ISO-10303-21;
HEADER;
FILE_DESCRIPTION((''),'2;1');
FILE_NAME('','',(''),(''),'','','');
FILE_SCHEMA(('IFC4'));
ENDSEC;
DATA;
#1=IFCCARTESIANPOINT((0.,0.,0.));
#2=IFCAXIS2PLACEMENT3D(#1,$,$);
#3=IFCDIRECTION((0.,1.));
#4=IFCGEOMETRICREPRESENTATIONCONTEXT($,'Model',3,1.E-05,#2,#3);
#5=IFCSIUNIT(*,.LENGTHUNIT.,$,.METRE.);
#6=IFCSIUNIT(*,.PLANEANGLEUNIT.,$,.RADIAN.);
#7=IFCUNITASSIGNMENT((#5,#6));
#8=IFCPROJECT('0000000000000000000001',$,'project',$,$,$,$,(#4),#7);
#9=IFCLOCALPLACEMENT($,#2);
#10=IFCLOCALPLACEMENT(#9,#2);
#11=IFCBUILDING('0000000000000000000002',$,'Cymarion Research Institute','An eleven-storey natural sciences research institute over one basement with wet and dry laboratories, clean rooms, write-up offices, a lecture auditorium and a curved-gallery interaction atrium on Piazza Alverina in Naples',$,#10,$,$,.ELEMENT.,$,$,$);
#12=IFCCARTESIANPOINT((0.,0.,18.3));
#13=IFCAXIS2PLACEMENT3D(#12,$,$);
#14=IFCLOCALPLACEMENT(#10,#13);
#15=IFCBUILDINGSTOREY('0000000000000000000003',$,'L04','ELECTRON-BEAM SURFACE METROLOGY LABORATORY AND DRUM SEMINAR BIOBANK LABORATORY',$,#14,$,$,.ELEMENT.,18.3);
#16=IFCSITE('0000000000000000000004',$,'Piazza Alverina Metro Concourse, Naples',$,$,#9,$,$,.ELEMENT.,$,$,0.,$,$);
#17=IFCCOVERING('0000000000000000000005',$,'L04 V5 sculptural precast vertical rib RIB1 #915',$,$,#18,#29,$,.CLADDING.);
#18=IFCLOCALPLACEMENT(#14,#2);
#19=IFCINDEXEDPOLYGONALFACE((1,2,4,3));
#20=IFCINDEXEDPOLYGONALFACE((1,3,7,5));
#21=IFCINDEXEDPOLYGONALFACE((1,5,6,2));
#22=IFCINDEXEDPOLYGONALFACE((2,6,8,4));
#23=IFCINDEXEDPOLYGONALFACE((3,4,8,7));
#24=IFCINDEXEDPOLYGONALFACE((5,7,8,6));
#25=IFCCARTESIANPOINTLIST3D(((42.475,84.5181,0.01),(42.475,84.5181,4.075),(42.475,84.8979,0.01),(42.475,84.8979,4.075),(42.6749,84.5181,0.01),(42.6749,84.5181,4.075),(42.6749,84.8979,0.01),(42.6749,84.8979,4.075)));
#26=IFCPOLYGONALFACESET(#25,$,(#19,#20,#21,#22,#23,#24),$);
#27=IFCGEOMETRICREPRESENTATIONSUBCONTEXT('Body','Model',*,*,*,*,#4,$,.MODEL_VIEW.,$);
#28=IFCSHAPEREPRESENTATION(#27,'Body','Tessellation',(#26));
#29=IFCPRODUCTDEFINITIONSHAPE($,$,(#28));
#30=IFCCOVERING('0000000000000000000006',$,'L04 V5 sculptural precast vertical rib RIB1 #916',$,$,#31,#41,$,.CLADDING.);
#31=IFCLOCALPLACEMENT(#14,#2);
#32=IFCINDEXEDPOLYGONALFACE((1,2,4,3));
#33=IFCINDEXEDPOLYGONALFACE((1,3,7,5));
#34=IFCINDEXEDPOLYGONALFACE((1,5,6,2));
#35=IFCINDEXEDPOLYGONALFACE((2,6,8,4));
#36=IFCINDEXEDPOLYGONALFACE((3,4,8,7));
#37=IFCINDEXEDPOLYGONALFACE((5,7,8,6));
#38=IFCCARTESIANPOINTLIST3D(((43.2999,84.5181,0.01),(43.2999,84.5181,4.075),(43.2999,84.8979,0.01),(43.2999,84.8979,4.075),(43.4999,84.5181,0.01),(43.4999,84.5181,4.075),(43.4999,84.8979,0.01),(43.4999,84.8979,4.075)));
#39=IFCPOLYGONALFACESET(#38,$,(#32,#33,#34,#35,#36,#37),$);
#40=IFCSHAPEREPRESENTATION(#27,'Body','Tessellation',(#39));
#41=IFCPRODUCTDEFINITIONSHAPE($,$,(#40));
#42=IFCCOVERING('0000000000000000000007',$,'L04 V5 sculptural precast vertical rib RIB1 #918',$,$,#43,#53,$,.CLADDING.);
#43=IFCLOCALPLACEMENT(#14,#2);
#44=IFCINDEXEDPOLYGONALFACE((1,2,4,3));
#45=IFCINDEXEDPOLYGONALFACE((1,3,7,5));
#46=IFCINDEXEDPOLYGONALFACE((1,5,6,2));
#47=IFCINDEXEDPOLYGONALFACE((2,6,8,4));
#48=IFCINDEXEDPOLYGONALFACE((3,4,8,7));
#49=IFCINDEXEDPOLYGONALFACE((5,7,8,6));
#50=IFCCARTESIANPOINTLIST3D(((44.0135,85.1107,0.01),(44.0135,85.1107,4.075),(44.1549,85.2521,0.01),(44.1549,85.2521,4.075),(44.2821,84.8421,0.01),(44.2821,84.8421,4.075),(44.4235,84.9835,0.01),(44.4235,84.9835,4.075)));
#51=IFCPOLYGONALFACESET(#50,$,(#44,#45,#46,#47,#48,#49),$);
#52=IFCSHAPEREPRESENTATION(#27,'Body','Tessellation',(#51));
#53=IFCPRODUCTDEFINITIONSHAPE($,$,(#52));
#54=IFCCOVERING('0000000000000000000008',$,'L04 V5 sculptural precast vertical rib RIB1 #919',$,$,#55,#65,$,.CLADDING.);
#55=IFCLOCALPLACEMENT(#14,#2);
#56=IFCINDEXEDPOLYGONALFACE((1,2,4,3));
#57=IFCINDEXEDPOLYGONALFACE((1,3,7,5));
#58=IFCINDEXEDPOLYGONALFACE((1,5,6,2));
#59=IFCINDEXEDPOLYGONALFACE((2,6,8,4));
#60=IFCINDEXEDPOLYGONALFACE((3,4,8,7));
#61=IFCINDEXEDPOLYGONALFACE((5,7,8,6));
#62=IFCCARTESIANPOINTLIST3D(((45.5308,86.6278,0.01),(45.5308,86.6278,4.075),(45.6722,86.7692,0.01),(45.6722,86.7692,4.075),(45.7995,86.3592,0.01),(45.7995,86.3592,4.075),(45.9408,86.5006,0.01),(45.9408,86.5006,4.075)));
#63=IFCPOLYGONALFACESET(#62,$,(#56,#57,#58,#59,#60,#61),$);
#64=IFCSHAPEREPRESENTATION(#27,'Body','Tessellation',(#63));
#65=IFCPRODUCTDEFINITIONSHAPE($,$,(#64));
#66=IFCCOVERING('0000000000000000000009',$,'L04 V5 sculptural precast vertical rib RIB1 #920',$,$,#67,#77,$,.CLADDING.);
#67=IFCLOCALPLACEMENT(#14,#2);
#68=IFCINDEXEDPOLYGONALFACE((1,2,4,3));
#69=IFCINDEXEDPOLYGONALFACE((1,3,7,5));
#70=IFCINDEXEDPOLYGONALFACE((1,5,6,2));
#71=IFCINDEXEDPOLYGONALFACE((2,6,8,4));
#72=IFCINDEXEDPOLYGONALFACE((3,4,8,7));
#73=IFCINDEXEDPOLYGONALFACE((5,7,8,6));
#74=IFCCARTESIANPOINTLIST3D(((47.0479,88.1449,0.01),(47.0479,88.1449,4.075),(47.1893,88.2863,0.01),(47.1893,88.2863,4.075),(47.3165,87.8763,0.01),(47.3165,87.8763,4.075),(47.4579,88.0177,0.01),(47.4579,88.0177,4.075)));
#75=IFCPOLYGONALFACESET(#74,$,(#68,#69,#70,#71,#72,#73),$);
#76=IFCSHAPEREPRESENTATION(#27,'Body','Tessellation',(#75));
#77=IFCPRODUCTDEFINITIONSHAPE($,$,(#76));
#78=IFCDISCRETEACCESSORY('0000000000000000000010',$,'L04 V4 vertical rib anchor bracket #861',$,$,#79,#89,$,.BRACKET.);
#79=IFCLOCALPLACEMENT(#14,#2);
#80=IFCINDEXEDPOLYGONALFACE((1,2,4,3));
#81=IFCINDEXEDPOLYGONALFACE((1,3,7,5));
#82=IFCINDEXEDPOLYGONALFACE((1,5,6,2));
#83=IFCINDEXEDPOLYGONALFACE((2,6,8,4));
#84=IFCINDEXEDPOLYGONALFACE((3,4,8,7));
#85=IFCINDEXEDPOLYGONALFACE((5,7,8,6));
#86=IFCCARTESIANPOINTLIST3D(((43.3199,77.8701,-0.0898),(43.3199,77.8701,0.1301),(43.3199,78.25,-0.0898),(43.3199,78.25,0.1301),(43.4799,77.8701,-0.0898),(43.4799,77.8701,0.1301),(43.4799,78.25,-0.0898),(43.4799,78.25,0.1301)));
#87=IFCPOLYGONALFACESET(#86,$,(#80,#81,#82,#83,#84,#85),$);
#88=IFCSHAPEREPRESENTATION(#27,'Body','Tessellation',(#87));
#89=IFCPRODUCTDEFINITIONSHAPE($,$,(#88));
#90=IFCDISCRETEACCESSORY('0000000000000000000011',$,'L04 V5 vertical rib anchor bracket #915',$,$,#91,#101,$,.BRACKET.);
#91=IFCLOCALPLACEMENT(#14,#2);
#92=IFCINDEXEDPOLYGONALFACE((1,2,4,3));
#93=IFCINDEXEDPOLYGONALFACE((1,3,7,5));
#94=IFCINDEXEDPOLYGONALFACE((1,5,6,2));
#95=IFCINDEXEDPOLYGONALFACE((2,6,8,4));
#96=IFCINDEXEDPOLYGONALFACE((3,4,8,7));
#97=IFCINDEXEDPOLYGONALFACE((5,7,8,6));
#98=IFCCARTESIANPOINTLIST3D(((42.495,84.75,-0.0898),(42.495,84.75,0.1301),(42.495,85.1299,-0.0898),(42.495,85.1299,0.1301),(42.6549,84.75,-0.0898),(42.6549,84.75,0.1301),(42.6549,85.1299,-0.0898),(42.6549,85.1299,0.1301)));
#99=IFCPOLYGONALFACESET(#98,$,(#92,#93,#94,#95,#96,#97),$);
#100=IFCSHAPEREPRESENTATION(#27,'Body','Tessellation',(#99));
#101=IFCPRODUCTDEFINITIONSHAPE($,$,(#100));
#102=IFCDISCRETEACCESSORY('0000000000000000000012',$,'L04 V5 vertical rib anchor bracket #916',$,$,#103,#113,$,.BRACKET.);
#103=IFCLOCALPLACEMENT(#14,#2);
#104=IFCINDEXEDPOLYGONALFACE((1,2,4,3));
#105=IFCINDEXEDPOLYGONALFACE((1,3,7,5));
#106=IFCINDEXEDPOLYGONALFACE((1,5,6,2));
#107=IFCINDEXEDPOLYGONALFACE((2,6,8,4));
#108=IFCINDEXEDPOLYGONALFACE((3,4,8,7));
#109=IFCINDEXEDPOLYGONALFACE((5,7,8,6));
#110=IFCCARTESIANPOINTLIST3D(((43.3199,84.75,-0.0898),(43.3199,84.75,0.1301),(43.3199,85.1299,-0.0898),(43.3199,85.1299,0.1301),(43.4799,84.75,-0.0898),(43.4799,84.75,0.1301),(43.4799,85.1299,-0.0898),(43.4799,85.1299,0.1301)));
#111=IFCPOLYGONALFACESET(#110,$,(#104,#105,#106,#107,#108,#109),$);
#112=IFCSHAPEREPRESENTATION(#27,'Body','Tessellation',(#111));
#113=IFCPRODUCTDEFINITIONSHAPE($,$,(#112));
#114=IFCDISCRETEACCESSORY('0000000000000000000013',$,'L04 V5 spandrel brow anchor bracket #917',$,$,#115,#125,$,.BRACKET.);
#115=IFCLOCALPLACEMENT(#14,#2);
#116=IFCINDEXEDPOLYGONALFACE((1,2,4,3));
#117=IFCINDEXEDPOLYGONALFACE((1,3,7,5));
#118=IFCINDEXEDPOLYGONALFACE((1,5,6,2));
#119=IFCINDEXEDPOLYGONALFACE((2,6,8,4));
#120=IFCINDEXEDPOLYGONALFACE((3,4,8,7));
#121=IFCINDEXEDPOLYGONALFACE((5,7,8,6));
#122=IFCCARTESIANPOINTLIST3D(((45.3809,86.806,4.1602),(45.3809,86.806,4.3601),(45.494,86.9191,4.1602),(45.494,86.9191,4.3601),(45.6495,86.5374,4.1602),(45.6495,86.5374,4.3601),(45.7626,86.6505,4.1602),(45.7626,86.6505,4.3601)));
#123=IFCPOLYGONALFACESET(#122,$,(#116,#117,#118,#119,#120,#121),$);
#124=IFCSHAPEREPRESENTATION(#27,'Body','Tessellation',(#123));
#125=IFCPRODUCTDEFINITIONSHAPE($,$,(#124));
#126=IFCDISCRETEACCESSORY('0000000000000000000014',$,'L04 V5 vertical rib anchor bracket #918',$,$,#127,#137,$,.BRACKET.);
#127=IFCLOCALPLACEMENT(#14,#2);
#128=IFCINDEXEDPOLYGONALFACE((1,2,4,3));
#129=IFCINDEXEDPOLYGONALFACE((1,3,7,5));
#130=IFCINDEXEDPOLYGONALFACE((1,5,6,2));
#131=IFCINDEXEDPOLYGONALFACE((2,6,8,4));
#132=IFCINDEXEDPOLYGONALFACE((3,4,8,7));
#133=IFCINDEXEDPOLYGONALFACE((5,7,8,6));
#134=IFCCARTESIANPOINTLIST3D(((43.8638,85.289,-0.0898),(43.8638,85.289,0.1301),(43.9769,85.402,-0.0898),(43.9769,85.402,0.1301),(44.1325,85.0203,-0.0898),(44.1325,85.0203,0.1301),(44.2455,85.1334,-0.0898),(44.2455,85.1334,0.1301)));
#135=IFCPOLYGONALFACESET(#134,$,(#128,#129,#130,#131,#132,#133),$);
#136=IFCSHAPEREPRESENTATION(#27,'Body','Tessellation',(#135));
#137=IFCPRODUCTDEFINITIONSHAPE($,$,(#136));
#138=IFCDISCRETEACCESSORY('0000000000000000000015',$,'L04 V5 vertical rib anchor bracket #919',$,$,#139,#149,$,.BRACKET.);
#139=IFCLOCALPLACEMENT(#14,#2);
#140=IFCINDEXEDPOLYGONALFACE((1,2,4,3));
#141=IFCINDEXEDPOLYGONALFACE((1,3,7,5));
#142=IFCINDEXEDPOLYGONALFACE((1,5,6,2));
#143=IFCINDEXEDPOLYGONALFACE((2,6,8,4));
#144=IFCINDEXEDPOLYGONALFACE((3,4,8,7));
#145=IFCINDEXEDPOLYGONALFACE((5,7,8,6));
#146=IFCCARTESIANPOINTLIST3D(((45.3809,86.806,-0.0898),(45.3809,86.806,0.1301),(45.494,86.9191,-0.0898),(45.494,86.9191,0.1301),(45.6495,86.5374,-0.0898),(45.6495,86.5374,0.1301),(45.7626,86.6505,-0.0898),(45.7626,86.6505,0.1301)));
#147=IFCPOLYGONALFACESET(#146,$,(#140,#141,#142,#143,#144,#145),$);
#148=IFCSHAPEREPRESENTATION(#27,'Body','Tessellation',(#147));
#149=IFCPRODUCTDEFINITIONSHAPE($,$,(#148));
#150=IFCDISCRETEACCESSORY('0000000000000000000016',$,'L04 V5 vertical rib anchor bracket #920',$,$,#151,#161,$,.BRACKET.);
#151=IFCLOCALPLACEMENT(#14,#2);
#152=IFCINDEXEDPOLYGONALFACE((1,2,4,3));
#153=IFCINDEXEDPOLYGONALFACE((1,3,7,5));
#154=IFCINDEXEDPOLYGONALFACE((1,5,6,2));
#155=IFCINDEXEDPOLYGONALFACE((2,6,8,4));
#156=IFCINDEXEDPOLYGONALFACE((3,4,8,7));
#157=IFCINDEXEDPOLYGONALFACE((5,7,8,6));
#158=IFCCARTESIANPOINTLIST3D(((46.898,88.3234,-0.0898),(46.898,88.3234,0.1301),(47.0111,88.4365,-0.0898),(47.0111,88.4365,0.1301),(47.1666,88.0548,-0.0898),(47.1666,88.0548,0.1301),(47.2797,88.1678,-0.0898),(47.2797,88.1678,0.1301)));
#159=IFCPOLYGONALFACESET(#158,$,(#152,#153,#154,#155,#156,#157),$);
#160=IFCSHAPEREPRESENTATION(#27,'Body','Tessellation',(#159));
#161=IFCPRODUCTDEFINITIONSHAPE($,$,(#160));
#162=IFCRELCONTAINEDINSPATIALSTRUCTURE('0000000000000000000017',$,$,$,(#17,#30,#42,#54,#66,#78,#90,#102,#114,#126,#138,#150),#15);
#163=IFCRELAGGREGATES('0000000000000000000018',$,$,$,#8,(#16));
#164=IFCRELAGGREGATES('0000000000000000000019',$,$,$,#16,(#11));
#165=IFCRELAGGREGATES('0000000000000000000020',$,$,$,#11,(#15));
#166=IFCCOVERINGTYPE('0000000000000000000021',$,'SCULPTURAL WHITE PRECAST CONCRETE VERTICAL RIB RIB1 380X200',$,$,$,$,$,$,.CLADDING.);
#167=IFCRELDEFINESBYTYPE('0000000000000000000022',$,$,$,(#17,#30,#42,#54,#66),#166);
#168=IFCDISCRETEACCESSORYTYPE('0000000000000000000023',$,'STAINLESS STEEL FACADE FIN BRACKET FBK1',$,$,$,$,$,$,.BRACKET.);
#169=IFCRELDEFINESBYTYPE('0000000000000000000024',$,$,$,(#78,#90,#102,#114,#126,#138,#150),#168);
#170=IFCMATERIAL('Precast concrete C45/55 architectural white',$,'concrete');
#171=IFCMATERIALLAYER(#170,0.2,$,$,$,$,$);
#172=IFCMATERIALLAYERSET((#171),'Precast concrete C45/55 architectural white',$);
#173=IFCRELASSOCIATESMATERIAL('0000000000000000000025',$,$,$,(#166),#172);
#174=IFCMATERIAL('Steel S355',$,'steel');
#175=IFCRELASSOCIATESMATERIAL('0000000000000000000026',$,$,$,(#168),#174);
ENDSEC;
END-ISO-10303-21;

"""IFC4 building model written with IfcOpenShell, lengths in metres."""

from ifc_helpers import new_model, si_unit, direction, frame, origin, origin_2d, place, context, subcontext, project, spatial, rectangle, extrude, material, layer, layer_set, type_object, element, save


model = new_model("IFC4")

# Units and contexts
model_context = context("Model", 3, precision=1e-05, world=origin(), true_north=direction((0.0, 1.0)))
body_context = subcontext(model_context, "Body", "Model", "MODEL_VIEW")
ifc_project = project(units=[si_unit("LENGTHUNIT", "METRE"), si_unit("PLANEANGLEUNIT", "RADIAN")], contexts=[model_context])

# Site, building, storey
site_placement = place(None, origin())
site = spatial("IfcSite", under=ifc_project, at=site_placement, Name="Piazza Alverina Metro Concourse, Naples", CompositionType="ELEMENT", RefElevation=0.0)
building_placement = place(site_placement, origin())
building = spatial("IfcBuilding", under=site, at=building_placement, Name="Cymarion Research Institute", Description="An eleven-storey natural sciences research institute over one basement with wet and dry laboratories, clean rooms, write-up offices, a lecture auditorium and a curved-gallery interaction atrium on Piazza Alverina in Naples", CompositionType="ELEMENT")
storey_placement = place(building_placement, frame((0.0, 0.0, 18.3)))
storey = spatial("IfcBuildingStorey", under=building, at=storey_placement, Name="L04", Description="ELECTRON-BEAM SURFACE METROLOGY LABORATORY AND DRUM SEMINAR BIOBANK LABORATORY", CompositionType="ELEMENT", Elevation=18.3)

# Coverings
ifc_material_1 = material(Name="Precast concrete C45/55 architectural white", Category="concrete")
ifc_layer_1 = layer(ifc_material_1, 0.2)
ifc_layer_set_1 = layer_set([ifc_layer_1], Name="Precast concrete C45/55 architectural white")
covering_type_1 = type_object("IfcCoveringType", Name="SCULPTURAL WHITE PRECAST CONCRETE VERTICAL RIB RIB1 380X200", PredefinedType="CLADDING", material=ifc_layer_set_1)
for number, where, z_axis, x_axis, name in (
    (1, (42.575, 84.708, 0.01), (0.0, 0.0, 1.0), (0.0, -1.0, 0.0), "L04 V5 sculptural precast vertical rib RIB1 #915"),
    (2, (43.3999, 84.708, 0.01), (0.0, 0.0, 1.0), (0.0, -1.0, 0.0), "L04 V5 sculptural precast vertical rib RIB1 #916"),
    (3, (44.2185, 85.0471, 0.01), (0.0, 0.0, 1.0), (0.707107, -0.707107, 0.0), "L04 V5 sculptural precast vertical rib RIB1 #918"),
    (4, (45.7358, 86.5642, 0.01), (0.0, 0.0, 1.0), (0.707107, -0.707107, 0.0), "L04 V5 sculptural precast vertical rib RIB1 #919"),
    (5, (47.2529, 88.0813, 0.01), (0.0, 0.0, 1.0), (0.707107, -0.707107, 0.0), "L04 V5 sculptural precast vertical rib RIB1 #920"),
):
    element("IfcCovering", number, at=place(storey_placement, frame(where, z_axis=z_axis, x_axis=x_axis)), inside=storey, type_object=covering_type_1, Name=name, PredefinedType="CLADDING", context=body_context, shape_type="SweptSolid", body=[
        extrude(rectangle(XDim=0.3799, YDim=0.2, at=origin_2d()), origin(), (0.0, 0.0, 1.0), 4.0649),
    ])

# Discrete accessories
ifc_material_2 = material(Name="Steel S355", Category="steel")
discrete_accessory_type = type_object("IfcDiscreteAccessoryType", Name="STAINLESS STEEL FACADE FIN BRACKET FBK1", PredefinedType="BRACKET", material=ifc_material_2)
for number, where, z_axis, x_axis, name in (
    (6, (43.3999, 78.0601, -0.0898), (0.0, 0.0, 1.0), (0.0, 1.0, 0.0), "L04 V4 vertical rib anchor bracket #861"),
    (7, (42.575, 84.9399, -0.0898), (0.0, 0.0, 1.0), (0.0, -1.0, 0.0), "L04 V5 vertical rib anchor bracket #915"),
    (8, (43.3999, 84.9399, -0.0898), (0.0, 0.0, 1.0), (0.0, -1.0, 0.0), "L04 V5 vertical rib anchor bracket #916"),
):
    element("IfcDiscreteAccessory", number, at=place(storey_placement, frame(where, z_axis=z_axis, x_axis=x_axis)), inside=storey, type_object=discrete_accessory_type, Name=name, PredefinedType="BRACKET", context=body_context, shape_type="SweptSolid", body=[
        extrude(rectangle(XDim=0.3799, YDim=0.1599, at=origin_2d()), origin(), (0.0, 0.0, 1.0), 0.22),
    ])
discrete_accessory_placement = place(storey_placement, frame((45.5718, 86.7283, 4.1602), z_axis=(0.0, 0.0, 1.0), x_axis=(0.707107, -0.707107, 0.0)))
element("IfcDiscreteAccessory", 9, at=discrete_accessory_placement, inside=storey, type_object=discrete_accessory_type, Name="L04 V5 spandrel brow anchor bracket #917", PredefinedType="BRACKET", context=body_context, shape_type="SweptSolid", body=[
    extrude(rectangle(XDim=0.3799, YDim=0.1599, at=origin_2d()), origin(), (0.0, 0.0, 1.0), 0.2),
])
for number, where, z_axis, x_axis, name in (
    (10, (44.0547, 85.2112, -0.0898), (0.0, 0.0, 1.0), (0.707107, -0.707107, 0.0), "L04 V5 vertical rib anchor bracket #918"),
    (11, (45.5718, 86.7283, -0.0898), (0.0, 0.0, 1.0), (0.707107, -0.707107, 0.0), "L04 V5 vertical rib anchor bracket #919"),
    (12, (47.0889, 88.2456, -0.0898), (0.0, 0.0, 1.0), (0.707107, -0.707107, 0.0), "L04 V5 vertical rib anchor bracket #920"),
):
    element("IfcDiscreteAccessory", number, at=place(storey_placement, frame(where, z_axis=z_axis, x_axis=x_axis)), inside=storey, type_object=discrete_accessory_type, Name=name, PredefinedType="BRACKET", context=body_context, shape_type="SweptSolid", body=[
        extrude(rectangle(XDim=0.3799, YDim=0.1599, at=origin_2d()), origin(), (0.0, 0.0, 1.0), 0.22),
    ])

save(model, "model.ifc")
